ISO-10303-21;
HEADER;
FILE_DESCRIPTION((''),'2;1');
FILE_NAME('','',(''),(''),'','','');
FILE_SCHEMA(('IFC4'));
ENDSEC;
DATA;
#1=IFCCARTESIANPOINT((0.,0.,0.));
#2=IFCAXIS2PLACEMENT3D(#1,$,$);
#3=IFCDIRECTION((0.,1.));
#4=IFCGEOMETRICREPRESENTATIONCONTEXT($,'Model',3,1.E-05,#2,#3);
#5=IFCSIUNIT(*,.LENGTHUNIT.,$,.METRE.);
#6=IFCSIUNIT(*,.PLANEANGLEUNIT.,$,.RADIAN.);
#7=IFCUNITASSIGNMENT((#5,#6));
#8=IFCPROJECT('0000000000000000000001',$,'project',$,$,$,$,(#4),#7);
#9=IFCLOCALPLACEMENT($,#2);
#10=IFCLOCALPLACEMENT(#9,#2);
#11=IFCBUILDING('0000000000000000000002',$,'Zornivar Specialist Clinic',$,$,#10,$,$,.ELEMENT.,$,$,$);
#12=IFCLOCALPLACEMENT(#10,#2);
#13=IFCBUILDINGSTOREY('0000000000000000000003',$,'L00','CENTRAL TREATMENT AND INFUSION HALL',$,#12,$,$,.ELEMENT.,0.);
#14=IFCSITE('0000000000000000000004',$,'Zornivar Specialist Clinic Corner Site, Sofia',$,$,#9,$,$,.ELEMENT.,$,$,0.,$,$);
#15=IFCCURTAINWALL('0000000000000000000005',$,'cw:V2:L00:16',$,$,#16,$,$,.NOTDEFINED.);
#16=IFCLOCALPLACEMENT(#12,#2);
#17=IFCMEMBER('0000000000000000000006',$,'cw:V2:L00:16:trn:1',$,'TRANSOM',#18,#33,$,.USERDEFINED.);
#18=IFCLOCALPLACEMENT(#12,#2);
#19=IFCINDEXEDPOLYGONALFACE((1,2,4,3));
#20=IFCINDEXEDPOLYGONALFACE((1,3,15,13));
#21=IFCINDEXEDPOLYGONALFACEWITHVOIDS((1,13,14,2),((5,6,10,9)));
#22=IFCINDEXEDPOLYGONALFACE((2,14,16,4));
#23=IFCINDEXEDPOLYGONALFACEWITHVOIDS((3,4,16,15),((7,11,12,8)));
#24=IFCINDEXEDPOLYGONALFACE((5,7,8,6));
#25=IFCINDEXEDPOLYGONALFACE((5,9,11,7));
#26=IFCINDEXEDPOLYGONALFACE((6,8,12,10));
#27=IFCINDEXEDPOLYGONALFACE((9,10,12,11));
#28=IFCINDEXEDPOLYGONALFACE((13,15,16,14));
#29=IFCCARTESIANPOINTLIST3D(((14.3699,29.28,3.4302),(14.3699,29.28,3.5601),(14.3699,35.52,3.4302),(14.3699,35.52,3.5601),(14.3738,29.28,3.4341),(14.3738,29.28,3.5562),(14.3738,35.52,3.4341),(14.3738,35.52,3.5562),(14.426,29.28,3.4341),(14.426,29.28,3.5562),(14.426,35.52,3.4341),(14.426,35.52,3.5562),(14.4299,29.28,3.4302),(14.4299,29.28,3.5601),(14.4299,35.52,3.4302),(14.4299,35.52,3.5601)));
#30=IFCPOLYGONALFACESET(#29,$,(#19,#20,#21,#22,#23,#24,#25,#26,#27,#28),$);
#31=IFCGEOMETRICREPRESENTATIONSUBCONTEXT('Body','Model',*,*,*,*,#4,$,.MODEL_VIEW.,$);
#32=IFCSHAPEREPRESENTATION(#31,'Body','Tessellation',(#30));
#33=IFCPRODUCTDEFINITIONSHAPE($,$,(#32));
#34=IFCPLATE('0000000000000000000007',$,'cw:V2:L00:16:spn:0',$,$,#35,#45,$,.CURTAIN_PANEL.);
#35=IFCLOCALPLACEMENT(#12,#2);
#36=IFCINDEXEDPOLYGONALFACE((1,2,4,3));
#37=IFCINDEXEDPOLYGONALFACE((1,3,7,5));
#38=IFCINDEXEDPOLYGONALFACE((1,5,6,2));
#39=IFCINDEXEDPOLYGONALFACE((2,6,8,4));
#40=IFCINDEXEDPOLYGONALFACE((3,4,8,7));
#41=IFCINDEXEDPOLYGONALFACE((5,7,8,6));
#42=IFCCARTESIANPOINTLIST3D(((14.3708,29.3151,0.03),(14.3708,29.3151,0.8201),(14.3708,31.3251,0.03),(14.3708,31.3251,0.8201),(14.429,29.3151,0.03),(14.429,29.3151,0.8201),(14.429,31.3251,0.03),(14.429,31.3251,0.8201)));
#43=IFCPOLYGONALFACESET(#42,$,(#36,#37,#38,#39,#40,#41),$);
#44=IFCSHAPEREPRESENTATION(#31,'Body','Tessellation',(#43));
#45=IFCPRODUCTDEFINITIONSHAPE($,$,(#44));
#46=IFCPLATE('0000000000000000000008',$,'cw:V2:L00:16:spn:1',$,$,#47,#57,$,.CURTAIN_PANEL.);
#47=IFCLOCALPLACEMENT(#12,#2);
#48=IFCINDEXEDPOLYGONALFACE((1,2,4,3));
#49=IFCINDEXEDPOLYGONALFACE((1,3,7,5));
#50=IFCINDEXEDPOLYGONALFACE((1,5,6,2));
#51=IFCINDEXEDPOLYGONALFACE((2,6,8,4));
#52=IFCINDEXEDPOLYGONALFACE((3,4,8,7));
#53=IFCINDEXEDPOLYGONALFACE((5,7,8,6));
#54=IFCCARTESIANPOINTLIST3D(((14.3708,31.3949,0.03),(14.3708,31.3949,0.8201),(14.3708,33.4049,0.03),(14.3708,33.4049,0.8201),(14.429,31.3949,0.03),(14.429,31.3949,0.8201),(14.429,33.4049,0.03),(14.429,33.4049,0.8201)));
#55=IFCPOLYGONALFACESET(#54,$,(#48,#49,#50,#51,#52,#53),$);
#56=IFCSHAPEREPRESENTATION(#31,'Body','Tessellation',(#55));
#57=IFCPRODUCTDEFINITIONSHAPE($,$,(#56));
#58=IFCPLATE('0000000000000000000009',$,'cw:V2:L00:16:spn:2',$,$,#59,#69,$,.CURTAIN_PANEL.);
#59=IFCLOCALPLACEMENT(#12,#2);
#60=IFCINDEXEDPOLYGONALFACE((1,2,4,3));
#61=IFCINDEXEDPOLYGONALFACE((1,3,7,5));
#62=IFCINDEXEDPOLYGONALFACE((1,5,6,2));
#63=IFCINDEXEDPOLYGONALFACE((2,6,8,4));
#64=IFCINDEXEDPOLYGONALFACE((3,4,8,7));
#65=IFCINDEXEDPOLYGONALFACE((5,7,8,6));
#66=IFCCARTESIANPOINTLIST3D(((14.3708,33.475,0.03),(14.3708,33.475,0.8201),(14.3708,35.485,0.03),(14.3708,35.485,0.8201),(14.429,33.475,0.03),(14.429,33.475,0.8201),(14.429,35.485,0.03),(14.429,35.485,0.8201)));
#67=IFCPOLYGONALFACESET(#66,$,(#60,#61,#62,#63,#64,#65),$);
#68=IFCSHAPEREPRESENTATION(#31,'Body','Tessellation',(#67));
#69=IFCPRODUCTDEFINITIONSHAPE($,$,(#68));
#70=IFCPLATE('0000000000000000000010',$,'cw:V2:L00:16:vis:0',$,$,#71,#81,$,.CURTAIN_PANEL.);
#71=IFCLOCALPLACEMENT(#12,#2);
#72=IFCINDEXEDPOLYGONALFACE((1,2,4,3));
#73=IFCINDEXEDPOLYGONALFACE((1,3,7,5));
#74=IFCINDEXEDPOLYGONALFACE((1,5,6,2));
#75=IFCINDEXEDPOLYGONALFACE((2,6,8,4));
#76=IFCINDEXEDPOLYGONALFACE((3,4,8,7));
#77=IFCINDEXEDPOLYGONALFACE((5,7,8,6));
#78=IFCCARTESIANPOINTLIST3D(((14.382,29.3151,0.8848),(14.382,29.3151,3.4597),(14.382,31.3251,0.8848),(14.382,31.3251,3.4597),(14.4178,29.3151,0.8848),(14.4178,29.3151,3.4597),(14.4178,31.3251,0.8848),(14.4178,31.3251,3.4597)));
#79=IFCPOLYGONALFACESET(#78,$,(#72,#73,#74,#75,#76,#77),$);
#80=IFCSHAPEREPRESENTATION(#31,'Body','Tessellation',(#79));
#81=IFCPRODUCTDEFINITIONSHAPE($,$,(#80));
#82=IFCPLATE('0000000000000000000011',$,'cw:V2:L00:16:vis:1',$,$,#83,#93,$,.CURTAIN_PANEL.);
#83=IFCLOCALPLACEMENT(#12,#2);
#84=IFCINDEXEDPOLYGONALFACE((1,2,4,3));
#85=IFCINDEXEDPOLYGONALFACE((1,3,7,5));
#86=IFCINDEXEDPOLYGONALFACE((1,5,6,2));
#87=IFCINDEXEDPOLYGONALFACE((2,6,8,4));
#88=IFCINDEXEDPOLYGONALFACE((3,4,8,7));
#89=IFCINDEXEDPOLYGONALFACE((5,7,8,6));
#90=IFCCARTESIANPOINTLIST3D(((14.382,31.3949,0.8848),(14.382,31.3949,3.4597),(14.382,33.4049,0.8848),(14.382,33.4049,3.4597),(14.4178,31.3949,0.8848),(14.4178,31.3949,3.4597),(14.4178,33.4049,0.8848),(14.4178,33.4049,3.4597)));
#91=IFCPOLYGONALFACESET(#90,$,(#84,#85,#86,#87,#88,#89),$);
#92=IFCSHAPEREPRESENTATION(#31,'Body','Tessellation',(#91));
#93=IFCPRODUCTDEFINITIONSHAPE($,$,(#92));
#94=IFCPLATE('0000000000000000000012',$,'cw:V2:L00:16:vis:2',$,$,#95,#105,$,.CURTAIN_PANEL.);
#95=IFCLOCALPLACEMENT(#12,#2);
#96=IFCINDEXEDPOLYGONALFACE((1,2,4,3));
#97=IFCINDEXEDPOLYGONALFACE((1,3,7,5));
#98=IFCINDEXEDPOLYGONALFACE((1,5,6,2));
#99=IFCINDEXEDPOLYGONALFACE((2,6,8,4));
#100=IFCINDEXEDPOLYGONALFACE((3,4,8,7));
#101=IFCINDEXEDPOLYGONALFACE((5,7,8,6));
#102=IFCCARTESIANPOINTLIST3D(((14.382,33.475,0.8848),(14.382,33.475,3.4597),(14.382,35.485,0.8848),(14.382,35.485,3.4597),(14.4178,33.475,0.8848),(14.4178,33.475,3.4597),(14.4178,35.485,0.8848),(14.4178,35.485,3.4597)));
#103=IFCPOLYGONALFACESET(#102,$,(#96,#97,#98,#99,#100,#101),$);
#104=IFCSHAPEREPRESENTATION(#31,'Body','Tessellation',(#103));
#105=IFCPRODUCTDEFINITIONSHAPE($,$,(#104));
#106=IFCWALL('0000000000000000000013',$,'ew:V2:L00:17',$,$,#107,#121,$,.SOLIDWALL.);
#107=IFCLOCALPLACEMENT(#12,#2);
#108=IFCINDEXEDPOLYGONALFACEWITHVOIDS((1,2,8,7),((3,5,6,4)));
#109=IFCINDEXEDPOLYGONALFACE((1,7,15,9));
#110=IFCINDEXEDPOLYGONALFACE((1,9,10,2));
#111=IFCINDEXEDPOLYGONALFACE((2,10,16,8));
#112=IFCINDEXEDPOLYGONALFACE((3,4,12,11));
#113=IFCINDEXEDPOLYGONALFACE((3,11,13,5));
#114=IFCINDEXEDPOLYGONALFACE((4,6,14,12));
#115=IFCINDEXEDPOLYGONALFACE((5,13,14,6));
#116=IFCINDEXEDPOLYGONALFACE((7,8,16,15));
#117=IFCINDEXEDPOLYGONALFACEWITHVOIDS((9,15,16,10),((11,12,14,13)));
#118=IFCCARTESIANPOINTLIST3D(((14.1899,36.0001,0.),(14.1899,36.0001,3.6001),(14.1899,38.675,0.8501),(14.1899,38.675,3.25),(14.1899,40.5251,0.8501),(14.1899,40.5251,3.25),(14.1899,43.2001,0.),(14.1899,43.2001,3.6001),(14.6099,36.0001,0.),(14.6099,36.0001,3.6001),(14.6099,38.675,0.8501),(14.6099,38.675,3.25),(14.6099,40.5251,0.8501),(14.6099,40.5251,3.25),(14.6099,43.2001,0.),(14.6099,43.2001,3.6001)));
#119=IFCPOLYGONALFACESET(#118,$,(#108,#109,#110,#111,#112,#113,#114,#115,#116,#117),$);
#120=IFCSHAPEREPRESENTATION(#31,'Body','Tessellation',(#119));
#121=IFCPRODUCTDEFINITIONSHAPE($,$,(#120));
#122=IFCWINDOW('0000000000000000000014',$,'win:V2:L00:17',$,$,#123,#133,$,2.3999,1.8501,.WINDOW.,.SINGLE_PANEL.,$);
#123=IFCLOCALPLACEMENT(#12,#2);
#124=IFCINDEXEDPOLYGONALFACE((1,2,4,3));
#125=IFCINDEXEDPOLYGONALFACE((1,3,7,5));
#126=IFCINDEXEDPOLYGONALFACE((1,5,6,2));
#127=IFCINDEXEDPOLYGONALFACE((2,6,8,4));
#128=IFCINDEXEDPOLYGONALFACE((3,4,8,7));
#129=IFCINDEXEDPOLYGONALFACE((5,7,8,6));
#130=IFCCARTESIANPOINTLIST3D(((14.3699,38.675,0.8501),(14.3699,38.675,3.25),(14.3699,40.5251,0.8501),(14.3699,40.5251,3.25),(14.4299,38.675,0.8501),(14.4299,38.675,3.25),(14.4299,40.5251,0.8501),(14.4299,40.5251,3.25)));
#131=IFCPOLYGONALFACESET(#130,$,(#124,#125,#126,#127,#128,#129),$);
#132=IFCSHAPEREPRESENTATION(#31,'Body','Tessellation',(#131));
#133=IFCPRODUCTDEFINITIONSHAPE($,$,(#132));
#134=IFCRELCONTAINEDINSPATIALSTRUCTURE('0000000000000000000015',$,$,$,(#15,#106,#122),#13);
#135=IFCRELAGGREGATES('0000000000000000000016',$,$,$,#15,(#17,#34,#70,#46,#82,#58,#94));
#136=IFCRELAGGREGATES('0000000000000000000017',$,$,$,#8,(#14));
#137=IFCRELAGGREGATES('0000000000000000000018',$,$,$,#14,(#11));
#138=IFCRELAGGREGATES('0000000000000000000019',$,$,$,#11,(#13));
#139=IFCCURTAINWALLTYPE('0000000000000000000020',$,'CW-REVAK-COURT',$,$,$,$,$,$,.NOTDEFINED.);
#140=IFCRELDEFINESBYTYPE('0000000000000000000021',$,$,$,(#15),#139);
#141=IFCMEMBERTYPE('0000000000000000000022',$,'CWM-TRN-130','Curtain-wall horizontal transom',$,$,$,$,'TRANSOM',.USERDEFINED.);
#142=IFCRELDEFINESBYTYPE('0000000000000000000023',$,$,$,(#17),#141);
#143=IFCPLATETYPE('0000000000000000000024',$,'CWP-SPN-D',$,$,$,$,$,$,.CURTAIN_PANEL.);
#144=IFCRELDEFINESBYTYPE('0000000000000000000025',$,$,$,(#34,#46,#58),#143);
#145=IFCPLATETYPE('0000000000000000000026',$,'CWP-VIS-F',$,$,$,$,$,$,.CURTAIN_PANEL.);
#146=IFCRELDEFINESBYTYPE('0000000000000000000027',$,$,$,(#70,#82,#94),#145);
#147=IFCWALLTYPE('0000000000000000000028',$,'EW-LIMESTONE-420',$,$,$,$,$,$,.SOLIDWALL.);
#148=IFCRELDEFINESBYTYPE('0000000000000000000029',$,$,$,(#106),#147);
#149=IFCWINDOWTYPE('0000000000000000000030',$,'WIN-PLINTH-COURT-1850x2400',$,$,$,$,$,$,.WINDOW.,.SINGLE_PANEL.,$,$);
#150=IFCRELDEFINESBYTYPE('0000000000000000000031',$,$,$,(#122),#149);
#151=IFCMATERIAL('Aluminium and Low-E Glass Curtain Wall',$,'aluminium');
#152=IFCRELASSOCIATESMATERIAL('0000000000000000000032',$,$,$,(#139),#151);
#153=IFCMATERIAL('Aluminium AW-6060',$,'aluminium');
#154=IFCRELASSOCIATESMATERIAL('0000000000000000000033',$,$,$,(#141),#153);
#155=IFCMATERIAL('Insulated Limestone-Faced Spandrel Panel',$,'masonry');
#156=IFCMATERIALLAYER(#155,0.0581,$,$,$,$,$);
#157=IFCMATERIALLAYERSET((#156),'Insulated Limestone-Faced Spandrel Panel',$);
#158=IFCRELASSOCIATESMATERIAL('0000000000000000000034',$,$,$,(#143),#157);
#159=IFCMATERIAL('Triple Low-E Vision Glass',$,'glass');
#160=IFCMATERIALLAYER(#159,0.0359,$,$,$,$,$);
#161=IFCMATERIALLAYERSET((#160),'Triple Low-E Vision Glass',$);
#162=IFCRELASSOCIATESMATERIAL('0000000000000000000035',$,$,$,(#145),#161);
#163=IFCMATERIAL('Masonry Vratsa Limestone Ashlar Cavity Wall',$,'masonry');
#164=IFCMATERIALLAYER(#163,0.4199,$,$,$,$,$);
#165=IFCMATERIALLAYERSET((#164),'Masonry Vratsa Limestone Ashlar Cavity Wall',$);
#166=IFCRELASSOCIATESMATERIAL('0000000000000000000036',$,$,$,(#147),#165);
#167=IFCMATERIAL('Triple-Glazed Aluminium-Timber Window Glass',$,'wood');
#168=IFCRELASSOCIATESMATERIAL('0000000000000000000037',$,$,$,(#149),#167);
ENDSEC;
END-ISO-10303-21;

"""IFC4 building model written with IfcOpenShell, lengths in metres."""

from ifc_helpers import new_model, si_unit, direction, frame, frame_2d, origin, origin_2d, place, context, subcontext, project, spatial, rectangle, hollow_rectangle, extrude, material, layer, layer_set, material_profile, profile_set, type_object, element, fill, aggregate, save


model = new_model("IFC4")

# Units and contexts
model_context = context("Model", 3, precision=1e-05, world=origin(), true_north=direction((0.0, 1.0)))
body_context = subcontext(model_context, "Body", "Model", "MODEL_VIEW")
ifc_project = project(units=[si_unit("LENGTHUNIT", "METRE"), si_unit("PLANEANGLEUNIT", "RADIAN")], contexts=[model_context])

# Site, building, storey
site_placement = place(None, origin())
site = spatial("IfcSite", under=ifc_project, at=site_placement, Name="Zornivar Specialist Clinic Corner Site, Sofia", CompositionType="ELEMENT", RefElevation=0.0)
building_placement = place(site_placement, origin())
building = spatial("IfcBuilding", under=site, at=building_placement, Name="Zornivar Specialist Clinic", CompositionType="ELEMENT")
storey_placement = place(building_placement, origin())
storey = spatial("IfcBuildingStorey", under=building, at=storey_placement, Name="L00", Description="CENTRAL TREATMENT AND INFUSION HALL", CompositionType="ELEMENT", Elevation=0.0)

# Shared definitions
ifc_material_1 = material(Name="Aluminium and Low-E Glass Curtain Wall", Category="aluminium")
curtain_wall_type = type_object("IfcCurtainWallType", Name="CW-REVAK-COURT", PredefinedType="NOTDEFINED", material=ifc_material_1)

# Curtain wall
curtain_wall_1_placement = place(storey_placement, origin())
curtain_wall_1 = element("IfcCurtainWall", 1, at=curtain_wall_1_placement, inside=storey, type_object=curtain_wall_type, Name="cw:V2:L00:16", PredefinedType="NOTDEFINED")

# Member
ifc_material_2 = material(Name="Aluminium AW-6060", Category="aluminium")
ifc_material_profile_1 = material_profile(ifc_material_2, hollow_rectangle(XDim=0.0601, YDim=0.1299, WallThickness=0.0039, at=origin_2d()), Name="ALU 60x130x4")
ifc_profile_set_1 = profile_set([ifc_material_profile_1], Name="Aluminium AW-6060")
member_type_1 = type_object("IfcMemberType", Name="CWM-TRN-130", Description="Curtain-wall horizontal transom", ElementType="TRANSOM", PredefinedType="USERDEFINED", material=ifc_profile_set_1)
member_1_placement = place(storey_placement, frame((14.3999, 29.28, 3.4951), z_axis=(0.0, 1.0, 0.0), x_axis=(-1.0, 0.0, 0.0)))
member_1 = element("IfcMember", 2, at=member_1_placement, type_object=member_type_1, Name="cw:V2:L00:16:trn:1", ObjectType="TRANSOM", PredefinedType="USERDEFINED", context=body_context, shape_type="SweptSolid", body=[
    extrude(hollow_rectangle(XDim=0.0601, YDim=0.1299, WallThickness=0.0039, at=origin_2d()), origin(), (0.0, 0.0, 1.0), 6.24),
])

# Plates
ifc_material_3 = material(Name="Insulated Limestone-Faced Spandrel Panel", Category="masonry")
ifc_layer_1 = layer(ifc_material_3, 0.0581)
ifc_layer_set_1 = layer_set([ifc_layer_1], Name="Insulated Limestone-Faced Spandrel Panel")
plate_type_1 = type_object("IfcPlateType", Name="CWP-SPN-D", PredefinedType="CURTAIN_PANEL", material=ifc_layer_set_1)
plate_1_placement = place(storey_placement, frame((14.3999, 30.3201, 0.03), z_axis=(0.0, 0.0, 1.0), x_axis=(0.0, 1.0, 0.0)))
plate_1 = element("IfcPlate", 3, at=plate_1_placement, type_object=plate_type_1, Name="cw:V2:L00:16:spn:0", PredefinedType="CURTAIN_PANEL", context=body_context, shape_type="SweptSolid", body=[
    extrude(rectangle(XDim=2.01, YDim=0.0581, at=origin_2d()), origin(), (0.0, 0.0, 1.0), 0.79),
])
plate_2_placement = place(storey_placement, frame((14.3999, 32.3999, 0.03), z_axis=(0.0, 0.0, 1.0), x_axis=(0.0, 1.0, 0.0)))
plate_2 = element("IfcPlate", 4, at=plate_2_placement, type_object=plate_type_1, Name="cw:V2:L00:16:spn:1", PredefinedType="CURTAIN_PANEL", context=body_context, shape_type="SweptSolid", body=[
    extrude(rectangle(XDim=2.01, YDim=0.0581, at=origin_2d()), origin(), (0.0, 0.0, 1.0), 0.79),
])
plate_3_placement = place(storey_placement, frame((14.3999, 34.48, 0.03), z_axis=(0.0, 0.0, 1.0), x_axis=(0.0, 1.0, 0.0)))
plate_3 = element("IfcPlate", 5, at=plate_3_placement, type_object=plate_type_1, Name="cw:V2:L00:16:spn:2", PredefinedType="CURTAIN_PANEL", context=body_context, shape_type="SweptSolid", body=[
    extrude(rectangle(XDim=2.01, YDim=0.0581, at=origin_2d()), origin(), (0.0, 0.0, 1.0), 0.79),
])
ifc_material_4 = material(Name="Triple Low-E Vision Glass", Category="glass")
ifc_layer_2 = layer(ifc_material_4, 0.0359)
ifc_layer_set_2 = layer_set([ifc_layer_2], Name="Triple Low-E Vision Glass")
plate_type_2 = type_object("IfcPlateType", Name="CWP-VIS-F", PredefinedType="CURTAIN_PANEL", material=ifc_layer_set_2)
plate_4_placement = place(storey_placement, frame((14.3999, 30.3201, 0.8848), z_axis=(0.0, 0.0, 1.0), x_axis=(0.0, 1.0, 0.0)))
plate_4 = element("IfcPlate", 6, at=plate_4_placement, type_object=plate_type_2, Name="cw:V2:L00:16:vis:0", PredefinedType="CURTAIN_PANEL", context=body_context, shape_type="SweptSolid", body=[
    extrude(rectangle(XDim=2.01, YDim=0.0359, at=origin_2d()), origin(), (0.0, 0.0, 1.0), 2.575),
])
plate_5_placement = place(storey_placement, frame((14.3999, 32.3999, 0.8848), z_axis=(0.0, 0.0, 1.0), x_axis=(0.0, 1.0, 0.0)))
plate_5 = element("IfcPlate", 7, at=plate_5_placement, type_object=plate_type_2, Name="cw:V2:L00:16:vis:1", PredefinedType="CURTAIN_PANEL", context=body_context, shape_type="SweptSolid", body=[
    extrude(rectangle(XDim=2.01, YDim=0.0359, at=origin_2d()), origin(), (0.0, 0.0, 1.0), 2.575),
])
plate_6_placement = place(storey_placement, frame((14.3999, 34.48, 0.8848), z_axis=(0.0, 0.0, 1.0), x_axis=(0.0, 1.0, 0.0)))
plate_6 = element("IfcPlate", 8, at=plate_6_placement, type_object=plate_type_2, Name="cw:V2:L00:16:vis:2", PredefinedType="CURTAIN_PANEL", context=body_context, shape_type="SweptSolid", body=[
    extrude(rectangle(XDim=2.01, YDim=0.0359, at=origin_2d()), origin(), (0.0, 0.0, 1.0), 2.575),
])
aggregate(curtain_wall_1, [member_1, plate_1, plate_4, plate_2, plate_5, plate_3, plate_6])

# Wall, opening, window
ifc_material_5 = material(Name="Masonry Vratsa Limestone Ashlar Cavity Wall", Category="masonry")
ifc_layer_3 = layer(ifc_material_5, 0.4199)
ifc_layer_set_3 = layer_set([ifc_layer_3], Name="Masonry Vratsa Limestone Ashlar Cavity Wall")
wall_type = type_object("IfcWallType", Name="EW-LIMESTONE-420", PredefinedType="SOLIDWALL", material=ifc_layer_set_3)
wall_placement = place(storey_placement, frame((14.3999, 36.0, 0.0), z_axis=(0.0, 0.0, 1.0), x_axis=(0.0, 1.0, 0.0)))
wall = element("IfcWall", 9, at=wall_placement, inside=storey, type_object=wall_type, Name="ew:V2:L00:17", PredefinedType="SOLIDWALL", context=body_context, shape_type="SweptSolid", body=[
    extrude(rectangle(XDim=7.2, YDim=0.4199, at=frame_2d((3.6001, 0.0))), origin(), (0.0, 0.0, 1.0), 3.6001),
])
opening_placement = place(wall_placement, frame((2.675, 0.0, 0.8501)))
opening = element("IfcOpeningElement", 10, at=opening_placement, cuts=wall, PredefinedType="OPENING", context=body_context, shape_type="SweptSolid", body=[
    extrude(rectangle(XDim=1.8501, YDim=2.3999, at=frame_2d((0.925, 1.2))), frame((0.0, 0.22, 0.0), z_axis=(0.0, -1.0, 0.0), x_axis=(1.0, 0.0, 0.0)), (0.0, 0.0, 1.0), 0.4399),
])
ifc_material_6 = material(Name="Triple-Glazed Aluminium-Timber Window Glass", Category="wood")
window_type = type_object("IfcWindowType", Name="WIN-PLINTH-COURT-1850x2400", PartitioningType="SINGLE_PANEL", PredefinedType="WINDOW", material=ifc_material_6)
window_placement = place(opening_placement, origin())
window = element("IfcWindow", 11, at=window_placement, inside=storey, type_object=window_type, Name="win:V2:L00:17", OverallHeight=2.3999, OverallWidth=1.8501, PartitioningType="SINGLE_PANEL", PredefinedType="WINDOW", context=body_context, shape_type="SweptSolid", body=[
    extrude(rectangle(XDim=1.8501, YDim=2.3999, at=frame_2d((0.925, 1.2))), frame((0.0, 0.03, 0.0), z_axis=(0.0, -1.0, 0.0), x_axis=(1.0, 0.0, 0.0)), (0.0, 0.0, 1.0), 0.0601),
])
fill(opening, window)

save(model, "model.ifc")
